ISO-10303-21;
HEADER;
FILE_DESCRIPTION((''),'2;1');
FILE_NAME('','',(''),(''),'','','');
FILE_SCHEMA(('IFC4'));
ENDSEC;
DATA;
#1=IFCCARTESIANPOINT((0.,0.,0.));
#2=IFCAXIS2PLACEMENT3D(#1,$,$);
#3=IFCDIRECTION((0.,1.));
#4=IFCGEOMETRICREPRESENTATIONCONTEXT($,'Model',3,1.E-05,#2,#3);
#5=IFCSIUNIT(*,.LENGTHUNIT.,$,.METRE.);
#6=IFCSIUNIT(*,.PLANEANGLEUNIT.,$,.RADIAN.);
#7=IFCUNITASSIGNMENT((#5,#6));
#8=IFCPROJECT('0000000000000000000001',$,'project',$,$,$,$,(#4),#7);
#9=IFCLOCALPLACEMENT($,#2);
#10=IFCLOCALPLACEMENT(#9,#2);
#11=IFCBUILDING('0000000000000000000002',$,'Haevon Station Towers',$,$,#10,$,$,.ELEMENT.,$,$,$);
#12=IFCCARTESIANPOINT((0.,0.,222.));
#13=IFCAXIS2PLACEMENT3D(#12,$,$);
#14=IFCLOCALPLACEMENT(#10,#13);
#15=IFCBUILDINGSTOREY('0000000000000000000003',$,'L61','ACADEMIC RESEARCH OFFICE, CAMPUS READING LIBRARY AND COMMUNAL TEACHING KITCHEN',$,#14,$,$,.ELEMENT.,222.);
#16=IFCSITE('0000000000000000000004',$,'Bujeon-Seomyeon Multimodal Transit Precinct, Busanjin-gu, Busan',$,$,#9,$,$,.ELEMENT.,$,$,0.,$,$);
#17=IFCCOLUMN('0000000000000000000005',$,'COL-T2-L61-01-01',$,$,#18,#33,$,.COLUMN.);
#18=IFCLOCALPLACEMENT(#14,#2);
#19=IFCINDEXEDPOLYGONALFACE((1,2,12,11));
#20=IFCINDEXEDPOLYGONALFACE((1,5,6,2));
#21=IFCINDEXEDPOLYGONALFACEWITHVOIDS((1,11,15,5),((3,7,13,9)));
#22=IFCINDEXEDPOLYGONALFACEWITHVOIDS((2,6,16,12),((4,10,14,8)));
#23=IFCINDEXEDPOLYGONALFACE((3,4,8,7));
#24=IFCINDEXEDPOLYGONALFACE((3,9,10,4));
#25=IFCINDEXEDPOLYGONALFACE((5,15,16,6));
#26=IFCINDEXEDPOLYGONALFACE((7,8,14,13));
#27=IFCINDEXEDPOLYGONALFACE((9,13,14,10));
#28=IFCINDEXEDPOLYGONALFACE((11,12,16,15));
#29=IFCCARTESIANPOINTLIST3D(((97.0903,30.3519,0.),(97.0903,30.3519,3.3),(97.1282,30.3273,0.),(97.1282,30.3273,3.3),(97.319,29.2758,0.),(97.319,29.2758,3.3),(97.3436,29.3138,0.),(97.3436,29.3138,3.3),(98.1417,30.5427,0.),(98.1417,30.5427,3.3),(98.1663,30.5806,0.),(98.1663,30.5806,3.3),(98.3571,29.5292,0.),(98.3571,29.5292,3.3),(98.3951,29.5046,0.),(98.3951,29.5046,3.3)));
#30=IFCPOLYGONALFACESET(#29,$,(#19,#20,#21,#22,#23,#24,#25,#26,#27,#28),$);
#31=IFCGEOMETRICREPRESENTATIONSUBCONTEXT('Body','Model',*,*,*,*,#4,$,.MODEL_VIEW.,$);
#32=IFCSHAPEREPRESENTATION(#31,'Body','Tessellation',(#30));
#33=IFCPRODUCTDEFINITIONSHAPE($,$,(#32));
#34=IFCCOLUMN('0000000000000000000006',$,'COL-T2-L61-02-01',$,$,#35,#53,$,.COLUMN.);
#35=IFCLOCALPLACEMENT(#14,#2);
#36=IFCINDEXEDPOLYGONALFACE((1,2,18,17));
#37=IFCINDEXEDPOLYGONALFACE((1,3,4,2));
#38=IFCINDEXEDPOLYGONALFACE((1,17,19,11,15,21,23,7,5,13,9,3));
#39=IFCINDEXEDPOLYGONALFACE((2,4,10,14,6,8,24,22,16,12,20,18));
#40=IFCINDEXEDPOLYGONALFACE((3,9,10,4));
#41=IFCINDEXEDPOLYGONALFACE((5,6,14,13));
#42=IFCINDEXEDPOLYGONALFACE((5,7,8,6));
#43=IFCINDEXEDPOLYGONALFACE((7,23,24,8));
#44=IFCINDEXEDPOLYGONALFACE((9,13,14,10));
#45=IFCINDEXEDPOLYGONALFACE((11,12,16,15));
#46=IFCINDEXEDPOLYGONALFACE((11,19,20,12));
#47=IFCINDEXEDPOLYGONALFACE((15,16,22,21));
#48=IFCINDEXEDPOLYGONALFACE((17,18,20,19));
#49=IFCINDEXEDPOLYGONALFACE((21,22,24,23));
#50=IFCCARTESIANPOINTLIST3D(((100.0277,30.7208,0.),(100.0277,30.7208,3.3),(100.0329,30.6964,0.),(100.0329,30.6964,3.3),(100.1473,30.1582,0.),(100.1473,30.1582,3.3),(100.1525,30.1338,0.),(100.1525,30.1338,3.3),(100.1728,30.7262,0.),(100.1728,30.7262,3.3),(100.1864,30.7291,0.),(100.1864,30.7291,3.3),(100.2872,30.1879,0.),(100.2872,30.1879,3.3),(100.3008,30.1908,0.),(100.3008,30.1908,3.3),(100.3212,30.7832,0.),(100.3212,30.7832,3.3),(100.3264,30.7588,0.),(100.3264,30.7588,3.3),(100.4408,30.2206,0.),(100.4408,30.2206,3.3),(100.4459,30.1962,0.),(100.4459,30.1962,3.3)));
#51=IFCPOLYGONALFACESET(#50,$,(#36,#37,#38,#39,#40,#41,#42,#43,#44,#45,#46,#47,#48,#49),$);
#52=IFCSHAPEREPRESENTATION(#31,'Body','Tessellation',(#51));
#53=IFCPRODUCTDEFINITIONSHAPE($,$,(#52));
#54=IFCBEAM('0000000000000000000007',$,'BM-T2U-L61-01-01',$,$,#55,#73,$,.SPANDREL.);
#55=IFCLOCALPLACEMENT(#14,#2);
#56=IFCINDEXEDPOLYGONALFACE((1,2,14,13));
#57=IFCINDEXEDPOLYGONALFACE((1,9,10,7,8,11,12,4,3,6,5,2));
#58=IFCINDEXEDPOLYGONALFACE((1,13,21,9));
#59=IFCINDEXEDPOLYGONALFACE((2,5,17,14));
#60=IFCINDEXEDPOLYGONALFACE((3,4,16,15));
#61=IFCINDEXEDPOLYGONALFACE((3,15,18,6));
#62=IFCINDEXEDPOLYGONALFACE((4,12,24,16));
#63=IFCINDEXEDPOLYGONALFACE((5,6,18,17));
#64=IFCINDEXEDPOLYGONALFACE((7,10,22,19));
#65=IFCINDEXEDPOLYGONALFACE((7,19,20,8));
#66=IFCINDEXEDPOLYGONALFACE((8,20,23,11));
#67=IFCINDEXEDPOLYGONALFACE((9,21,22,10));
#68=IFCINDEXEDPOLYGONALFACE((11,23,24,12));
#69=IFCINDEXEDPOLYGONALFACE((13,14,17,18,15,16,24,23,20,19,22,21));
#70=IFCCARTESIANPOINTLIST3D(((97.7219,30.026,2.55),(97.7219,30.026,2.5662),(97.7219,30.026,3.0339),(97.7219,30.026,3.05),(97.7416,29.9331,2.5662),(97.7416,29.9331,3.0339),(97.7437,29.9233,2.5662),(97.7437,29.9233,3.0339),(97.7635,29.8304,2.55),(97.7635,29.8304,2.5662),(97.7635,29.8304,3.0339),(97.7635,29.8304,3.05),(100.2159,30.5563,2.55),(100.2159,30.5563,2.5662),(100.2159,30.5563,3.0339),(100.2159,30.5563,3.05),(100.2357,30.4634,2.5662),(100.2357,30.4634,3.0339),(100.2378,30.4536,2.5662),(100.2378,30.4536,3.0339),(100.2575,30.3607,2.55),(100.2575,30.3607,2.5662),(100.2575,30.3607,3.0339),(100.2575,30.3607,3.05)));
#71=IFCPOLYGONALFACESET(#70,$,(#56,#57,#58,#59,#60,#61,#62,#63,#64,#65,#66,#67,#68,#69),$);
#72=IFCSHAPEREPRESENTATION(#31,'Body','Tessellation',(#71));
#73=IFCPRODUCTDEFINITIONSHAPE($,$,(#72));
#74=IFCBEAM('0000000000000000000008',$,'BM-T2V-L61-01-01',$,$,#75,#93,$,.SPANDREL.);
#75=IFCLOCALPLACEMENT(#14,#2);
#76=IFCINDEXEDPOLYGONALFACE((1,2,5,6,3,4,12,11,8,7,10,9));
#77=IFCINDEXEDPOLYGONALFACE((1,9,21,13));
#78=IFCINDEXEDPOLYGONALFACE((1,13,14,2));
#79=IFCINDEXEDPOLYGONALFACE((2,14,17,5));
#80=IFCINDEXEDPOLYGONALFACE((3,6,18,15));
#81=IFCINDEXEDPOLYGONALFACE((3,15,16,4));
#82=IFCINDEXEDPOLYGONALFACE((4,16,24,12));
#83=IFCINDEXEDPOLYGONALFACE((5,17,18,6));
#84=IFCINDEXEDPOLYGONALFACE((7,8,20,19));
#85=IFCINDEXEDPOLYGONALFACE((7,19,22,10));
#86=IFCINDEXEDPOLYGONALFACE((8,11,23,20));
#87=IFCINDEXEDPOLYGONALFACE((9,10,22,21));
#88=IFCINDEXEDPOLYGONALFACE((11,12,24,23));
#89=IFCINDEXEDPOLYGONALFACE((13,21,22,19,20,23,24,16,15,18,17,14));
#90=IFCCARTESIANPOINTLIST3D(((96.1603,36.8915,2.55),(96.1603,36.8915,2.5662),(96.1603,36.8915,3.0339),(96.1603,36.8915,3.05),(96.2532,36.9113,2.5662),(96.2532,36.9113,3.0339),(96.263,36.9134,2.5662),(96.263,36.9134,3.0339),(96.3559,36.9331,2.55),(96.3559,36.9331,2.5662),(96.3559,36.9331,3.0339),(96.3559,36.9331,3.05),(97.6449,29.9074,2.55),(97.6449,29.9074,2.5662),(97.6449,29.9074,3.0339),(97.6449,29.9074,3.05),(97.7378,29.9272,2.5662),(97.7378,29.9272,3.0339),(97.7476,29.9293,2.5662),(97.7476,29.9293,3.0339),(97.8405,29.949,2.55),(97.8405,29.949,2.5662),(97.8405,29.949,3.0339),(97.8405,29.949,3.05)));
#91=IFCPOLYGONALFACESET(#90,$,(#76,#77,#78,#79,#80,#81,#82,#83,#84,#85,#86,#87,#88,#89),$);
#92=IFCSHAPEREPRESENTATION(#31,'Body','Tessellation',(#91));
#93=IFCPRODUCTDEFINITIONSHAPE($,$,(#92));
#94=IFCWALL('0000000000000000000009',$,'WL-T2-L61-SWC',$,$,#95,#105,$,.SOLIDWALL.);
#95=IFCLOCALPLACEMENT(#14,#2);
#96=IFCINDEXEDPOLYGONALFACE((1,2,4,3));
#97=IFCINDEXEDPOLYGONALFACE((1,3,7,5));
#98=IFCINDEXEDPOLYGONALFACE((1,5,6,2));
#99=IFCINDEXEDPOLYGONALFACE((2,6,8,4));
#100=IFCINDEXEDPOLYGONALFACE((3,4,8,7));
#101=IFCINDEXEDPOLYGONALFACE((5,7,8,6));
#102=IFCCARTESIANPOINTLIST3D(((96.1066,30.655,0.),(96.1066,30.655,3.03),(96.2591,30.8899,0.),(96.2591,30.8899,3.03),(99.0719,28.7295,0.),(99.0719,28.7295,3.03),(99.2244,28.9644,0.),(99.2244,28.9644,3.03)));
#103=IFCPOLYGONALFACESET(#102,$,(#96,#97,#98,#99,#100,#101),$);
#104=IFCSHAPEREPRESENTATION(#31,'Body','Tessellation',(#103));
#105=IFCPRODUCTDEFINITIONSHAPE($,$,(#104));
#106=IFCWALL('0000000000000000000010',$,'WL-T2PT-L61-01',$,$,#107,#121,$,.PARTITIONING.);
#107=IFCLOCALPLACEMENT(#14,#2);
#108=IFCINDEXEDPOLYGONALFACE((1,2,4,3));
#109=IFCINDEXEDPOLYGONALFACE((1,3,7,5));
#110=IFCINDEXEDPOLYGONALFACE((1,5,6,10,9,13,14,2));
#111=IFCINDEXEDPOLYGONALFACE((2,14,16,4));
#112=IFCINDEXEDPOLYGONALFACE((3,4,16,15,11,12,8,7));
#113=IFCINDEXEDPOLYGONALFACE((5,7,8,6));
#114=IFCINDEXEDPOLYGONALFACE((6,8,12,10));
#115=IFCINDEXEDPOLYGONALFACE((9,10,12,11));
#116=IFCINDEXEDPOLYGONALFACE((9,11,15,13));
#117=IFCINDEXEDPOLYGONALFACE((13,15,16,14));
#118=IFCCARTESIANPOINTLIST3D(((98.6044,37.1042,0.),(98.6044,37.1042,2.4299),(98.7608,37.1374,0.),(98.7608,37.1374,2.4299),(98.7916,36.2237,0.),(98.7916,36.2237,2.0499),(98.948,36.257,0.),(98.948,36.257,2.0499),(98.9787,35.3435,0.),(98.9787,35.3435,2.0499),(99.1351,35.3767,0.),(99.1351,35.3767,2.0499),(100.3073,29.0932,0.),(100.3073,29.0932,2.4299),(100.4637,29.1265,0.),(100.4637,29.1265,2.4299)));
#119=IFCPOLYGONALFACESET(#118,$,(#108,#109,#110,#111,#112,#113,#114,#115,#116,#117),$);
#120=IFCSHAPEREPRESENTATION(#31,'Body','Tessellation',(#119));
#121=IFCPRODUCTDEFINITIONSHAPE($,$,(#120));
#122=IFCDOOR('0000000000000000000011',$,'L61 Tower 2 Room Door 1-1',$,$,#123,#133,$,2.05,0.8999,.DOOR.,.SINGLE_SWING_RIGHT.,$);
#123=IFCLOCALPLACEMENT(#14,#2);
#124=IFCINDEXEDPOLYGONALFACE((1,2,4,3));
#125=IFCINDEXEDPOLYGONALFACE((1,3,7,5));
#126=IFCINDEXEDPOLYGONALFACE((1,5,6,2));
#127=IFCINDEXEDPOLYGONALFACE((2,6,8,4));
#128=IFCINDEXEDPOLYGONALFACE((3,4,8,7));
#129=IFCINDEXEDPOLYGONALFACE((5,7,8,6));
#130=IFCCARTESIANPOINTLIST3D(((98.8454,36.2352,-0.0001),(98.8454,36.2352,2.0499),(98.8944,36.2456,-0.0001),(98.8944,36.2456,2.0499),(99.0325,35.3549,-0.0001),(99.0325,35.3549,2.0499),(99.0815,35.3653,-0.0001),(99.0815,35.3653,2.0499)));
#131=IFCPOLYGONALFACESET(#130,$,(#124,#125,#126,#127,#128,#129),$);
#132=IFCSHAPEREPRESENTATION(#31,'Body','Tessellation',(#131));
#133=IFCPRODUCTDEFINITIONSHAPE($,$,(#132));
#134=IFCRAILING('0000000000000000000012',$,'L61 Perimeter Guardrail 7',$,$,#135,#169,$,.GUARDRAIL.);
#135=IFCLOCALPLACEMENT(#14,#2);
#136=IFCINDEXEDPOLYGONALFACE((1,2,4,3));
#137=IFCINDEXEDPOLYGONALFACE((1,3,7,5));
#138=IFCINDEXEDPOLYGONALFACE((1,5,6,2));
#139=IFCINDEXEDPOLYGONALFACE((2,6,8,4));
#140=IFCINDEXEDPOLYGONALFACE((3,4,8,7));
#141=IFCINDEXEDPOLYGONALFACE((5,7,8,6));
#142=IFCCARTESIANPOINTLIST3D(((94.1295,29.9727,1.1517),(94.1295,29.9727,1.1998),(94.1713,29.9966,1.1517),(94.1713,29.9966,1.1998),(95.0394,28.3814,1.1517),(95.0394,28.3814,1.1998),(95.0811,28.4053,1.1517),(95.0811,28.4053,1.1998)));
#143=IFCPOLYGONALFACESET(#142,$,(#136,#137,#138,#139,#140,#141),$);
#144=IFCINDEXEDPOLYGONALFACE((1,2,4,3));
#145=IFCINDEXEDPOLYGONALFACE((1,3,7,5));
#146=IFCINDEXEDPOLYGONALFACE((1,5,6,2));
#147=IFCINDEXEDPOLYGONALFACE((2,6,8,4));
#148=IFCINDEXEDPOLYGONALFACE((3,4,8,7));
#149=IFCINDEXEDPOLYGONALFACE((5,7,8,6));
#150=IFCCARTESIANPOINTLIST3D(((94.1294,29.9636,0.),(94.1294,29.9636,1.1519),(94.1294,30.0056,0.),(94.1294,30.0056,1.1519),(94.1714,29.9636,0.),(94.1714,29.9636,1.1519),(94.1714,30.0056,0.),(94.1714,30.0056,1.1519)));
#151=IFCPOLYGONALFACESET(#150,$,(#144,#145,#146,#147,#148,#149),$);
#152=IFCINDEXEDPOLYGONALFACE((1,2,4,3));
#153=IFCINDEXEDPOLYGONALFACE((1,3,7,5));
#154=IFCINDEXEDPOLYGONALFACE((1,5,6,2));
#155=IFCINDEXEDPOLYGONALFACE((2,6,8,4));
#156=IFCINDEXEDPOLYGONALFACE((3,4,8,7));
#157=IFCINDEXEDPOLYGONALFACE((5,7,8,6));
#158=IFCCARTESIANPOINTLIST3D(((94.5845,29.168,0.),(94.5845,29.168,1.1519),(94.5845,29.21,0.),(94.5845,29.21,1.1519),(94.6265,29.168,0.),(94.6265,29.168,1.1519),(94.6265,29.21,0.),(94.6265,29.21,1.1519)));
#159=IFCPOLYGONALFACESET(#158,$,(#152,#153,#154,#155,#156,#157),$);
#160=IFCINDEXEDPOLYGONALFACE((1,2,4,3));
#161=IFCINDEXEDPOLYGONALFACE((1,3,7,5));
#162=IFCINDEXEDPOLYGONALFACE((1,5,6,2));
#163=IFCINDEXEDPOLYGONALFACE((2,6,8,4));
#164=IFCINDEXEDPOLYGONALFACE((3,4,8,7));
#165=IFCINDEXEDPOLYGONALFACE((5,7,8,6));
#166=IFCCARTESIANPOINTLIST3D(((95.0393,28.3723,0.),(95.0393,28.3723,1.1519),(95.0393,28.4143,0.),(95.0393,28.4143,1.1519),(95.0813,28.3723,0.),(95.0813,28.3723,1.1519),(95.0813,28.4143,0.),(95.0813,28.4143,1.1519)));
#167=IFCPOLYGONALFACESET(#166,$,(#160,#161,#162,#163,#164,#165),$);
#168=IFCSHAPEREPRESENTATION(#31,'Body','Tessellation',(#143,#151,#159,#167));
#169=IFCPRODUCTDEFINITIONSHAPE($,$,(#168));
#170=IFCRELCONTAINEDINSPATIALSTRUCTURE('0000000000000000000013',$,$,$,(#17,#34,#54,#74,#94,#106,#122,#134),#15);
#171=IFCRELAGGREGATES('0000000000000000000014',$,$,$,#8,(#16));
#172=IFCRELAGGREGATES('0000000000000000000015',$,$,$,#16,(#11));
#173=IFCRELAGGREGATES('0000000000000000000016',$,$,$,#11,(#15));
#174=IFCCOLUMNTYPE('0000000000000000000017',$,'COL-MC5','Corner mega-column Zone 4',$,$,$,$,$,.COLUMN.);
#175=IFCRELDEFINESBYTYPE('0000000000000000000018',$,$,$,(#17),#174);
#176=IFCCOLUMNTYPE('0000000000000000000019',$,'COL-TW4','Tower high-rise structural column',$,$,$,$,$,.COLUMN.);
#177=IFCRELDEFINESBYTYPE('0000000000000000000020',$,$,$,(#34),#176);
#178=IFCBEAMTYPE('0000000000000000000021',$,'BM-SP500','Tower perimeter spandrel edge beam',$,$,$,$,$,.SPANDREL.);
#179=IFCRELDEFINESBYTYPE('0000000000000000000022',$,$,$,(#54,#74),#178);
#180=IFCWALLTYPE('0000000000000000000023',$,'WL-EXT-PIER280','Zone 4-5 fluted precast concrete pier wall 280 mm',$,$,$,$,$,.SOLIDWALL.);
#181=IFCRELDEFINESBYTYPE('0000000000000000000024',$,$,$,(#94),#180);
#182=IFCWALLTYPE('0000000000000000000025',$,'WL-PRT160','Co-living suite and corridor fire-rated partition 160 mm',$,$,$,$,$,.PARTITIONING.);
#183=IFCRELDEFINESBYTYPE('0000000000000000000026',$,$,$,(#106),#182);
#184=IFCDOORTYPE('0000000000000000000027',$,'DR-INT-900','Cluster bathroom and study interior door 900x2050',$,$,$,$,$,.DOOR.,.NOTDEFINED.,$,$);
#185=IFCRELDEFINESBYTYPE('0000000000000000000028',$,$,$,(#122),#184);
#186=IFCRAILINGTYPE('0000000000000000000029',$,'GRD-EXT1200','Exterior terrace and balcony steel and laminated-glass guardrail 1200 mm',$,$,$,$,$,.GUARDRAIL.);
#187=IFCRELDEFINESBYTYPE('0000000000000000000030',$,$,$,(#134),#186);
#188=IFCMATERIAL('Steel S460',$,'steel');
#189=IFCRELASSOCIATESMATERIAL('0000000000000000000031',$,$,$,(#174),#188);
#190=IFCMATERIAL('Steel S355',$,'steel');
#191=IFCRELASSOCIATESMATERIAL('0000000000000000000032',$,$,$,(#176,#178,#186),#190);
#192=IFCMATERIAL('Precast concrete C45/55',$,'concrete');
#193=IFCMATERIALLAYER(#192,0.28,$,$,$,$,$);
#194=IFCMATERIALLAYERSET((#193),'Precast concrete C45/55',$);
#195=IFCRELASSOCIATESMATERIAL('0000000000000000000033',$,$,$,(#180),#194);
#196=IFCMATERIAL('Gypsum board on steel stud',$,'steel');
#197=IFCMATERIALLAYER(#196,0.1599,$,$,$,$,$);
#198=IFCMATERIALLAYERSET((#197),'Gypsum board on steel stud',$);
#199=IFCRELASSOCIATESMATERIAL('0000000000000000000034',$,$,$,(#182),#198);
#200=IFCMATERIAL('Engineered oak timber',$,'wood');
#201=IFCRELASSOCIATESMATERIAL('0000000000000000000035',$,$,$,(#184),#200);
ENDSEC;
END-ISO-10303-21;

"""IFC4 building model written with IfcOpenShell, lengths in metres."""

from ifc_helpers import new_model, si_unit, direction, frame, frame_2d, origin, origin_2d, place, context, subcontext, project, spatial, rectangle, hollow_rectangle, i_section, extrude, material, layer, layer_set, material_profile, profile_set, type_object, element, fill, save


model = new_model("IFC4")

# Units and contexts
model_context = context("Model", 3, precision=1e-05, world=origin(), true_north=direction((0.0, 1.0)))
body_context = subcontext(model_context, "Body", "Model", "MODEL_VIEW")
ifc_project = project(units=[si_unit("LENGTHUNIT", "METRE"), si_unit("PLANEANGLEUNIT", "RADIAN")], contexts=[model_context])

# Site, building, storey
site_placement = place(None, origin())
site = spatial("IfcSite", under=ifc_project, at=site_placement, Name="Bujeon-Seomyeon Multimodal Transit Precinct, Busanjin-gu, Busan", CompositionType="ELEMENT", RefElevation=0.0)
building_placement = place(site_placement, origin())
building = spatial("IfcBuilding", under=site, at=building_placement, Name="Haevon Station Towers", CompositionType="ELEMENT")
storey_placement = place(building_placement, frame((0.0, 0.0, 222.0)))
storey = spatial("IfcBuildingStorey", under=building, at=storey_placement, Name="L61", Description="ACADEMIC RESEARCH OFFICE, CAMPUS READING LIBRARY AND COMMUNAL TEACHING KITCHEN", CompositionType="ELEMENT", Elevation=222.0)

# Columns
ifc_material_1 = material(Name="Steel S460", Category="steel")
ifc_material_profile_1 = material_profile(ifc_material_1, hollow_rectangle(XDim=1.1001, YDim=1.1001, WallThickness=0.032, at=origin_2d()), Name="BOX-1100x1100x32")
ifc_profile_set_1 = profile_set([ifc_material_profile_1], Name="Steel S460")
column_type_1 = type_object("IfcColumnType", Name="COL-MC5", Description="Corner mega-column Zone 4", PredefinedType="COLUMN", material=ifc_profile_set_1)
column_1_placement = place(storey_placement, frame((97.7427, 29.9282, 0.0), z_axis=(0.0, 0.0, 1.0), x_axis=(0.978148, 0.207912, 0.0)))
element("IfcColumn", 1, at=column_1_placement, inside=storey, type_object=column_type_1, Name="COL-T2-L61-01-01", PredefinedType="COLUMN", context=body_context, shape_type="SweptSolid", body=[
    extrude(hollow_rectangle(XDim=1.1001, YDim=1.1001, WallThickness=0.032, at=origin_2d()), origin(), (0.0, 0.0, 1.0), 3.3),
])
ifc_material_2 = material(Name="Steel S355", Category="steel")
ifc_material_profile_2 = material_profile(ifc_material_2, i_section(OverallWidth=0.3, OverallDepth=0.6001, WebThickness=0.0139, FlangeThickness=0.0249, at=origin_2d()), Name="H-600x300x14x25")
ifc_profile_set_2 = profile_set([ifc_material_profile_2], Name="Steel S355")
column_type_2 = type_object("IfcColumnType", Name="COL-TW4", Description="Tower high-rise structural column", PredefinedType="COLUMN", material=ifc_profile_set_2)
column_2_placement = place(storey_placement, frame((100.2368, 30.4585, 0.0), z_axis=(0.0, 0.0, 1.0), x_axis=(0.978148, 0.207912, 0.0)))
element("IfcColumn", 2, at=column_2_placement, inside=storey, type_object=column_type_2, Name="COL-T2-L61-02-01", PredefinedType="COLUMN", context=body_context, shape_type="SweptSolid", body=[
    extrude(i_section(OverallWidth=0.3, OverallDepth=0.6001, WebThickness=0.0139, FlangeThickness=0.0249, at=origin_2d()), origin(), (0.0, 0.0, 1.0), 3.3),
])

# Beams
ifc_material_profile_3 = material_profile(ifc_material_2, i_section(OverallWidth=0.2, OverallDepth=0.5, WebThickness=0.01, FlangeThickness=0.0161, at=origin_2d()), Name="H-500x200x10x16")
ifc_profile_set_3 = profile_set([ifc_material_profile_3], Name="Steel S355")
beam_type = type_object("IfcBeamType", Name="BM-SP500", Description="Tower perimeter spandrel edge beam", PredefinedType="SPANDREL", material=ifc_profile_set_3)
beam_1_placement = place(storey_placement, frame((97.7427, 29.9282, 2.8), z_axis=(0.978137, 0.20796, 0.0), x_axis=(-0.20796, 0.978137, 0.0)))
element("IfcBeam", 3, at=beam_1_placement, inside=storey, type_object=beam_type, Name="BM-T2U-L61-01-01", PredefinedType="SPANDREL", context=body_context, shape_type="SweptSolid", body=[
    extrude(i_section(OverallWidth=0.2, OverallDepth=0.5, WebThickness=0.01, FlangeThickness=0.0161, at=origin_2d()), origin(), (0.0, 0.0, 1.0), 2.5498),
])
beam_2_placement = place(storey_placement, frame((97.7427, 29.9282, 2.8), z_axis=(-0.207925, 0.978145, 0.0), x_axis=(-0.978145, -0.207925, 0.0)))
element("IfcBeam", 4, at=beam_2_placement, inside=storey, type_object=beam_type, Name="BM-T2V-L61-01-01", PredefinedType="SPANDREL", context=body_context, shape_type="SweptSolid", body=[
    extrude(i_section(OverallWidth=0.2, OverallDepth=0.5, WebThickness=0.01, FlangeThickness=0.0161, at=origin_2d()), origin(), (0.0, 0.0, 1.0), 7.1401),
])

# Wall
ifc_material_3 = material(Name="Precast concrete C45/55", Category="concrete")
ifc_layer_1 = layer(ifc_material_3, 0.28)
ifc_layer_set_1 = layer_set([ifc_layer_1], Name="Precast concrete C45/55")
wall_type_1 = type_object("IfcWallType", Name="WL-EXT-PIER280", Description="Zone 4-5 fluted precast concrete pier wall 280 mm", PredefinedType="SOLIDWALL", material=ifc_layer_set_1)
wall_1_placement = place(storey_placement, frame((99.1482, 28.8469, 0.0), z_axis=(0.0, 0.0, 1.0), x_axis=(-0.838693, 0.544605, 0.0)))
element("IfcWall", 5, at=wall_1_placement, inside=storey, type_object=wall_type_1, Name="WL-T2-L61-SWC", PredefinedType="SOLIDWALL", context=body_context, shape_type="SweptSolid", body=[
    extrude(rectangle(XDim=3.5356, YDim=0.28, at=frame_2d((1.7678, 0.0))), origin(), (0.0, 0.0, 1.0), 3.03),
])

# Wall, opening, door
ifc_material_4 = material(Name="Gypsum board on steel stud", Category="steel")
ifc_layer_2 = layer(ifc_material_4, 0.1599)
ifc_layer_set_2 = layer_set([ifc_layer_2], Name="Gypsum board on steel stud")
wall_type_2 = type_object("IfcWallType", Name="WL-PRT160", Description="Co-living suite and corridor fire-rated partition 160 mm", PredefinedType="PARTITIONING", material=ifc_layer_set_2)
wall_2_placement = place(storey_placement, frame((100.3855, 29.1099, 0.0), z_axis=(0.0, 0.0, 1.0), x_axis=(-0.207923, 0.978145, 0.0)))
wall_2 = element("IfcWall", 6, at=wall_2_placement, inside=storey, type_object=wall_type_2, Name="WL-T2PT-L61-01", PredefinedType="PARTITIONING", context=body_context, shape_type="SweptSolid", body=[
    extrude(rectangle(XDim=8.1899, YDim=0.1599, at=frame_2d((4.095, 0.0))), origin(), (0.0, 0.0, 1.0), 2.4299),
])
opening_placement = place(wall_2_placement, frame((6.3899, 0.0, 0.0)))
opening = element("IfcOpeningElement", 7, at=opening_placement, cuts=wall_2, PredefinedType="OPENING", context=body_context, shape_type="SweptSolid", body=[
    extrude(rectangle(XDim=0.8999, YDim=2.05, at=frame_2d((0.45, 1.0249))), frame((0.0, 0.0898, 0.0), z_axis=(0.0, -1.0, 0.0), x_axis=(1.0, 0.0, 0.0)), (0.0, 0.0, 1.0), 0.1799),
])
ifc_material_5 = material(Name="Engineered oak timber", Category="wood")
door_type = type_object("IfcDoorType", Name="DR-INT-900", Description="Cluster bathroom and study interior door 900x2050", OperationType="NOTDEFINED", PredefinedType="DOOR", material=ifc_material_5)
door_placement = place(opening_placement, origin())
door = element("IfcDoor", 8, at=door_placement, inside=storey, type_object=door_type, Name="L61 Tower 2 Room Door 1-1", OperationType="SINGLE_SWING_RIGHT", OverallHeight=2.05, OverallWidth=0.8999, PredefinedType="DOOR", context=body_context, shape_type="SweptSolid", body=[
    extrude(rectangle(XDim=0.8999, YDim=2.05, at=frame_2d((0.45, 1.0249))), frame((0.0, 0.0249, 0.0), z_axis=(0.0, -1.0, 0.0), x_axis=(1.0, 0.0, 0.0)), (0.0, 0.0, 1.0), 0.05),
])
fill(opening, door)

# Railing
railing_type = type_object("IfcRailingType", Name="GRD-EXT1200", Description="Exterior terrace and balcony steel and laminated-glass guardrail 1200 mm", PredefinedType="GUARDRAIL", material=ifc_material_2)
railing_1_placement = place(storey_placement, frame((94.1504, 29.9846, 0.0)))
element("IfcRailing", 9, at=railing_1_placement, inside=storey, type_object=railing_type, Name="L61 Perimeter Guardrail 7", PredefinedType="GUARDRAIL", context=body_context, shape_type="SweptSolid", body=[
    extrude(rectangle(XDim=0.0481, YDim=0.0481, at=origin_2d()), frame((0.0, 0.0, 1.1758), z_axis=(0.496383, -0.868104, 0.0), x_axis=(0.868104, 0.496383, 0.0)), (0.0, 0.0, 1.0), 1.833),
    extrude(rectangle(XDim=0.042, YDim=0.042, at=origin_2d()), origin(), (0.0, 0.0, 1.0), 1.1519),
    extrude(rectangle(XDim=0.042, YDim=0.042, at=origin_2d()), frame((0.4551, -0.7957, 0.0)), (0.0, 0.0, 1.0), 1.1519),
    extrude(rectangle(XDim=0.042, YDim=0.042, at=origin_2d()), frame((0.9099, -1.5913, 0.0)), (0.0, 0.0, 1.0), 1.1519),
])

save(model, "model.ifc")
